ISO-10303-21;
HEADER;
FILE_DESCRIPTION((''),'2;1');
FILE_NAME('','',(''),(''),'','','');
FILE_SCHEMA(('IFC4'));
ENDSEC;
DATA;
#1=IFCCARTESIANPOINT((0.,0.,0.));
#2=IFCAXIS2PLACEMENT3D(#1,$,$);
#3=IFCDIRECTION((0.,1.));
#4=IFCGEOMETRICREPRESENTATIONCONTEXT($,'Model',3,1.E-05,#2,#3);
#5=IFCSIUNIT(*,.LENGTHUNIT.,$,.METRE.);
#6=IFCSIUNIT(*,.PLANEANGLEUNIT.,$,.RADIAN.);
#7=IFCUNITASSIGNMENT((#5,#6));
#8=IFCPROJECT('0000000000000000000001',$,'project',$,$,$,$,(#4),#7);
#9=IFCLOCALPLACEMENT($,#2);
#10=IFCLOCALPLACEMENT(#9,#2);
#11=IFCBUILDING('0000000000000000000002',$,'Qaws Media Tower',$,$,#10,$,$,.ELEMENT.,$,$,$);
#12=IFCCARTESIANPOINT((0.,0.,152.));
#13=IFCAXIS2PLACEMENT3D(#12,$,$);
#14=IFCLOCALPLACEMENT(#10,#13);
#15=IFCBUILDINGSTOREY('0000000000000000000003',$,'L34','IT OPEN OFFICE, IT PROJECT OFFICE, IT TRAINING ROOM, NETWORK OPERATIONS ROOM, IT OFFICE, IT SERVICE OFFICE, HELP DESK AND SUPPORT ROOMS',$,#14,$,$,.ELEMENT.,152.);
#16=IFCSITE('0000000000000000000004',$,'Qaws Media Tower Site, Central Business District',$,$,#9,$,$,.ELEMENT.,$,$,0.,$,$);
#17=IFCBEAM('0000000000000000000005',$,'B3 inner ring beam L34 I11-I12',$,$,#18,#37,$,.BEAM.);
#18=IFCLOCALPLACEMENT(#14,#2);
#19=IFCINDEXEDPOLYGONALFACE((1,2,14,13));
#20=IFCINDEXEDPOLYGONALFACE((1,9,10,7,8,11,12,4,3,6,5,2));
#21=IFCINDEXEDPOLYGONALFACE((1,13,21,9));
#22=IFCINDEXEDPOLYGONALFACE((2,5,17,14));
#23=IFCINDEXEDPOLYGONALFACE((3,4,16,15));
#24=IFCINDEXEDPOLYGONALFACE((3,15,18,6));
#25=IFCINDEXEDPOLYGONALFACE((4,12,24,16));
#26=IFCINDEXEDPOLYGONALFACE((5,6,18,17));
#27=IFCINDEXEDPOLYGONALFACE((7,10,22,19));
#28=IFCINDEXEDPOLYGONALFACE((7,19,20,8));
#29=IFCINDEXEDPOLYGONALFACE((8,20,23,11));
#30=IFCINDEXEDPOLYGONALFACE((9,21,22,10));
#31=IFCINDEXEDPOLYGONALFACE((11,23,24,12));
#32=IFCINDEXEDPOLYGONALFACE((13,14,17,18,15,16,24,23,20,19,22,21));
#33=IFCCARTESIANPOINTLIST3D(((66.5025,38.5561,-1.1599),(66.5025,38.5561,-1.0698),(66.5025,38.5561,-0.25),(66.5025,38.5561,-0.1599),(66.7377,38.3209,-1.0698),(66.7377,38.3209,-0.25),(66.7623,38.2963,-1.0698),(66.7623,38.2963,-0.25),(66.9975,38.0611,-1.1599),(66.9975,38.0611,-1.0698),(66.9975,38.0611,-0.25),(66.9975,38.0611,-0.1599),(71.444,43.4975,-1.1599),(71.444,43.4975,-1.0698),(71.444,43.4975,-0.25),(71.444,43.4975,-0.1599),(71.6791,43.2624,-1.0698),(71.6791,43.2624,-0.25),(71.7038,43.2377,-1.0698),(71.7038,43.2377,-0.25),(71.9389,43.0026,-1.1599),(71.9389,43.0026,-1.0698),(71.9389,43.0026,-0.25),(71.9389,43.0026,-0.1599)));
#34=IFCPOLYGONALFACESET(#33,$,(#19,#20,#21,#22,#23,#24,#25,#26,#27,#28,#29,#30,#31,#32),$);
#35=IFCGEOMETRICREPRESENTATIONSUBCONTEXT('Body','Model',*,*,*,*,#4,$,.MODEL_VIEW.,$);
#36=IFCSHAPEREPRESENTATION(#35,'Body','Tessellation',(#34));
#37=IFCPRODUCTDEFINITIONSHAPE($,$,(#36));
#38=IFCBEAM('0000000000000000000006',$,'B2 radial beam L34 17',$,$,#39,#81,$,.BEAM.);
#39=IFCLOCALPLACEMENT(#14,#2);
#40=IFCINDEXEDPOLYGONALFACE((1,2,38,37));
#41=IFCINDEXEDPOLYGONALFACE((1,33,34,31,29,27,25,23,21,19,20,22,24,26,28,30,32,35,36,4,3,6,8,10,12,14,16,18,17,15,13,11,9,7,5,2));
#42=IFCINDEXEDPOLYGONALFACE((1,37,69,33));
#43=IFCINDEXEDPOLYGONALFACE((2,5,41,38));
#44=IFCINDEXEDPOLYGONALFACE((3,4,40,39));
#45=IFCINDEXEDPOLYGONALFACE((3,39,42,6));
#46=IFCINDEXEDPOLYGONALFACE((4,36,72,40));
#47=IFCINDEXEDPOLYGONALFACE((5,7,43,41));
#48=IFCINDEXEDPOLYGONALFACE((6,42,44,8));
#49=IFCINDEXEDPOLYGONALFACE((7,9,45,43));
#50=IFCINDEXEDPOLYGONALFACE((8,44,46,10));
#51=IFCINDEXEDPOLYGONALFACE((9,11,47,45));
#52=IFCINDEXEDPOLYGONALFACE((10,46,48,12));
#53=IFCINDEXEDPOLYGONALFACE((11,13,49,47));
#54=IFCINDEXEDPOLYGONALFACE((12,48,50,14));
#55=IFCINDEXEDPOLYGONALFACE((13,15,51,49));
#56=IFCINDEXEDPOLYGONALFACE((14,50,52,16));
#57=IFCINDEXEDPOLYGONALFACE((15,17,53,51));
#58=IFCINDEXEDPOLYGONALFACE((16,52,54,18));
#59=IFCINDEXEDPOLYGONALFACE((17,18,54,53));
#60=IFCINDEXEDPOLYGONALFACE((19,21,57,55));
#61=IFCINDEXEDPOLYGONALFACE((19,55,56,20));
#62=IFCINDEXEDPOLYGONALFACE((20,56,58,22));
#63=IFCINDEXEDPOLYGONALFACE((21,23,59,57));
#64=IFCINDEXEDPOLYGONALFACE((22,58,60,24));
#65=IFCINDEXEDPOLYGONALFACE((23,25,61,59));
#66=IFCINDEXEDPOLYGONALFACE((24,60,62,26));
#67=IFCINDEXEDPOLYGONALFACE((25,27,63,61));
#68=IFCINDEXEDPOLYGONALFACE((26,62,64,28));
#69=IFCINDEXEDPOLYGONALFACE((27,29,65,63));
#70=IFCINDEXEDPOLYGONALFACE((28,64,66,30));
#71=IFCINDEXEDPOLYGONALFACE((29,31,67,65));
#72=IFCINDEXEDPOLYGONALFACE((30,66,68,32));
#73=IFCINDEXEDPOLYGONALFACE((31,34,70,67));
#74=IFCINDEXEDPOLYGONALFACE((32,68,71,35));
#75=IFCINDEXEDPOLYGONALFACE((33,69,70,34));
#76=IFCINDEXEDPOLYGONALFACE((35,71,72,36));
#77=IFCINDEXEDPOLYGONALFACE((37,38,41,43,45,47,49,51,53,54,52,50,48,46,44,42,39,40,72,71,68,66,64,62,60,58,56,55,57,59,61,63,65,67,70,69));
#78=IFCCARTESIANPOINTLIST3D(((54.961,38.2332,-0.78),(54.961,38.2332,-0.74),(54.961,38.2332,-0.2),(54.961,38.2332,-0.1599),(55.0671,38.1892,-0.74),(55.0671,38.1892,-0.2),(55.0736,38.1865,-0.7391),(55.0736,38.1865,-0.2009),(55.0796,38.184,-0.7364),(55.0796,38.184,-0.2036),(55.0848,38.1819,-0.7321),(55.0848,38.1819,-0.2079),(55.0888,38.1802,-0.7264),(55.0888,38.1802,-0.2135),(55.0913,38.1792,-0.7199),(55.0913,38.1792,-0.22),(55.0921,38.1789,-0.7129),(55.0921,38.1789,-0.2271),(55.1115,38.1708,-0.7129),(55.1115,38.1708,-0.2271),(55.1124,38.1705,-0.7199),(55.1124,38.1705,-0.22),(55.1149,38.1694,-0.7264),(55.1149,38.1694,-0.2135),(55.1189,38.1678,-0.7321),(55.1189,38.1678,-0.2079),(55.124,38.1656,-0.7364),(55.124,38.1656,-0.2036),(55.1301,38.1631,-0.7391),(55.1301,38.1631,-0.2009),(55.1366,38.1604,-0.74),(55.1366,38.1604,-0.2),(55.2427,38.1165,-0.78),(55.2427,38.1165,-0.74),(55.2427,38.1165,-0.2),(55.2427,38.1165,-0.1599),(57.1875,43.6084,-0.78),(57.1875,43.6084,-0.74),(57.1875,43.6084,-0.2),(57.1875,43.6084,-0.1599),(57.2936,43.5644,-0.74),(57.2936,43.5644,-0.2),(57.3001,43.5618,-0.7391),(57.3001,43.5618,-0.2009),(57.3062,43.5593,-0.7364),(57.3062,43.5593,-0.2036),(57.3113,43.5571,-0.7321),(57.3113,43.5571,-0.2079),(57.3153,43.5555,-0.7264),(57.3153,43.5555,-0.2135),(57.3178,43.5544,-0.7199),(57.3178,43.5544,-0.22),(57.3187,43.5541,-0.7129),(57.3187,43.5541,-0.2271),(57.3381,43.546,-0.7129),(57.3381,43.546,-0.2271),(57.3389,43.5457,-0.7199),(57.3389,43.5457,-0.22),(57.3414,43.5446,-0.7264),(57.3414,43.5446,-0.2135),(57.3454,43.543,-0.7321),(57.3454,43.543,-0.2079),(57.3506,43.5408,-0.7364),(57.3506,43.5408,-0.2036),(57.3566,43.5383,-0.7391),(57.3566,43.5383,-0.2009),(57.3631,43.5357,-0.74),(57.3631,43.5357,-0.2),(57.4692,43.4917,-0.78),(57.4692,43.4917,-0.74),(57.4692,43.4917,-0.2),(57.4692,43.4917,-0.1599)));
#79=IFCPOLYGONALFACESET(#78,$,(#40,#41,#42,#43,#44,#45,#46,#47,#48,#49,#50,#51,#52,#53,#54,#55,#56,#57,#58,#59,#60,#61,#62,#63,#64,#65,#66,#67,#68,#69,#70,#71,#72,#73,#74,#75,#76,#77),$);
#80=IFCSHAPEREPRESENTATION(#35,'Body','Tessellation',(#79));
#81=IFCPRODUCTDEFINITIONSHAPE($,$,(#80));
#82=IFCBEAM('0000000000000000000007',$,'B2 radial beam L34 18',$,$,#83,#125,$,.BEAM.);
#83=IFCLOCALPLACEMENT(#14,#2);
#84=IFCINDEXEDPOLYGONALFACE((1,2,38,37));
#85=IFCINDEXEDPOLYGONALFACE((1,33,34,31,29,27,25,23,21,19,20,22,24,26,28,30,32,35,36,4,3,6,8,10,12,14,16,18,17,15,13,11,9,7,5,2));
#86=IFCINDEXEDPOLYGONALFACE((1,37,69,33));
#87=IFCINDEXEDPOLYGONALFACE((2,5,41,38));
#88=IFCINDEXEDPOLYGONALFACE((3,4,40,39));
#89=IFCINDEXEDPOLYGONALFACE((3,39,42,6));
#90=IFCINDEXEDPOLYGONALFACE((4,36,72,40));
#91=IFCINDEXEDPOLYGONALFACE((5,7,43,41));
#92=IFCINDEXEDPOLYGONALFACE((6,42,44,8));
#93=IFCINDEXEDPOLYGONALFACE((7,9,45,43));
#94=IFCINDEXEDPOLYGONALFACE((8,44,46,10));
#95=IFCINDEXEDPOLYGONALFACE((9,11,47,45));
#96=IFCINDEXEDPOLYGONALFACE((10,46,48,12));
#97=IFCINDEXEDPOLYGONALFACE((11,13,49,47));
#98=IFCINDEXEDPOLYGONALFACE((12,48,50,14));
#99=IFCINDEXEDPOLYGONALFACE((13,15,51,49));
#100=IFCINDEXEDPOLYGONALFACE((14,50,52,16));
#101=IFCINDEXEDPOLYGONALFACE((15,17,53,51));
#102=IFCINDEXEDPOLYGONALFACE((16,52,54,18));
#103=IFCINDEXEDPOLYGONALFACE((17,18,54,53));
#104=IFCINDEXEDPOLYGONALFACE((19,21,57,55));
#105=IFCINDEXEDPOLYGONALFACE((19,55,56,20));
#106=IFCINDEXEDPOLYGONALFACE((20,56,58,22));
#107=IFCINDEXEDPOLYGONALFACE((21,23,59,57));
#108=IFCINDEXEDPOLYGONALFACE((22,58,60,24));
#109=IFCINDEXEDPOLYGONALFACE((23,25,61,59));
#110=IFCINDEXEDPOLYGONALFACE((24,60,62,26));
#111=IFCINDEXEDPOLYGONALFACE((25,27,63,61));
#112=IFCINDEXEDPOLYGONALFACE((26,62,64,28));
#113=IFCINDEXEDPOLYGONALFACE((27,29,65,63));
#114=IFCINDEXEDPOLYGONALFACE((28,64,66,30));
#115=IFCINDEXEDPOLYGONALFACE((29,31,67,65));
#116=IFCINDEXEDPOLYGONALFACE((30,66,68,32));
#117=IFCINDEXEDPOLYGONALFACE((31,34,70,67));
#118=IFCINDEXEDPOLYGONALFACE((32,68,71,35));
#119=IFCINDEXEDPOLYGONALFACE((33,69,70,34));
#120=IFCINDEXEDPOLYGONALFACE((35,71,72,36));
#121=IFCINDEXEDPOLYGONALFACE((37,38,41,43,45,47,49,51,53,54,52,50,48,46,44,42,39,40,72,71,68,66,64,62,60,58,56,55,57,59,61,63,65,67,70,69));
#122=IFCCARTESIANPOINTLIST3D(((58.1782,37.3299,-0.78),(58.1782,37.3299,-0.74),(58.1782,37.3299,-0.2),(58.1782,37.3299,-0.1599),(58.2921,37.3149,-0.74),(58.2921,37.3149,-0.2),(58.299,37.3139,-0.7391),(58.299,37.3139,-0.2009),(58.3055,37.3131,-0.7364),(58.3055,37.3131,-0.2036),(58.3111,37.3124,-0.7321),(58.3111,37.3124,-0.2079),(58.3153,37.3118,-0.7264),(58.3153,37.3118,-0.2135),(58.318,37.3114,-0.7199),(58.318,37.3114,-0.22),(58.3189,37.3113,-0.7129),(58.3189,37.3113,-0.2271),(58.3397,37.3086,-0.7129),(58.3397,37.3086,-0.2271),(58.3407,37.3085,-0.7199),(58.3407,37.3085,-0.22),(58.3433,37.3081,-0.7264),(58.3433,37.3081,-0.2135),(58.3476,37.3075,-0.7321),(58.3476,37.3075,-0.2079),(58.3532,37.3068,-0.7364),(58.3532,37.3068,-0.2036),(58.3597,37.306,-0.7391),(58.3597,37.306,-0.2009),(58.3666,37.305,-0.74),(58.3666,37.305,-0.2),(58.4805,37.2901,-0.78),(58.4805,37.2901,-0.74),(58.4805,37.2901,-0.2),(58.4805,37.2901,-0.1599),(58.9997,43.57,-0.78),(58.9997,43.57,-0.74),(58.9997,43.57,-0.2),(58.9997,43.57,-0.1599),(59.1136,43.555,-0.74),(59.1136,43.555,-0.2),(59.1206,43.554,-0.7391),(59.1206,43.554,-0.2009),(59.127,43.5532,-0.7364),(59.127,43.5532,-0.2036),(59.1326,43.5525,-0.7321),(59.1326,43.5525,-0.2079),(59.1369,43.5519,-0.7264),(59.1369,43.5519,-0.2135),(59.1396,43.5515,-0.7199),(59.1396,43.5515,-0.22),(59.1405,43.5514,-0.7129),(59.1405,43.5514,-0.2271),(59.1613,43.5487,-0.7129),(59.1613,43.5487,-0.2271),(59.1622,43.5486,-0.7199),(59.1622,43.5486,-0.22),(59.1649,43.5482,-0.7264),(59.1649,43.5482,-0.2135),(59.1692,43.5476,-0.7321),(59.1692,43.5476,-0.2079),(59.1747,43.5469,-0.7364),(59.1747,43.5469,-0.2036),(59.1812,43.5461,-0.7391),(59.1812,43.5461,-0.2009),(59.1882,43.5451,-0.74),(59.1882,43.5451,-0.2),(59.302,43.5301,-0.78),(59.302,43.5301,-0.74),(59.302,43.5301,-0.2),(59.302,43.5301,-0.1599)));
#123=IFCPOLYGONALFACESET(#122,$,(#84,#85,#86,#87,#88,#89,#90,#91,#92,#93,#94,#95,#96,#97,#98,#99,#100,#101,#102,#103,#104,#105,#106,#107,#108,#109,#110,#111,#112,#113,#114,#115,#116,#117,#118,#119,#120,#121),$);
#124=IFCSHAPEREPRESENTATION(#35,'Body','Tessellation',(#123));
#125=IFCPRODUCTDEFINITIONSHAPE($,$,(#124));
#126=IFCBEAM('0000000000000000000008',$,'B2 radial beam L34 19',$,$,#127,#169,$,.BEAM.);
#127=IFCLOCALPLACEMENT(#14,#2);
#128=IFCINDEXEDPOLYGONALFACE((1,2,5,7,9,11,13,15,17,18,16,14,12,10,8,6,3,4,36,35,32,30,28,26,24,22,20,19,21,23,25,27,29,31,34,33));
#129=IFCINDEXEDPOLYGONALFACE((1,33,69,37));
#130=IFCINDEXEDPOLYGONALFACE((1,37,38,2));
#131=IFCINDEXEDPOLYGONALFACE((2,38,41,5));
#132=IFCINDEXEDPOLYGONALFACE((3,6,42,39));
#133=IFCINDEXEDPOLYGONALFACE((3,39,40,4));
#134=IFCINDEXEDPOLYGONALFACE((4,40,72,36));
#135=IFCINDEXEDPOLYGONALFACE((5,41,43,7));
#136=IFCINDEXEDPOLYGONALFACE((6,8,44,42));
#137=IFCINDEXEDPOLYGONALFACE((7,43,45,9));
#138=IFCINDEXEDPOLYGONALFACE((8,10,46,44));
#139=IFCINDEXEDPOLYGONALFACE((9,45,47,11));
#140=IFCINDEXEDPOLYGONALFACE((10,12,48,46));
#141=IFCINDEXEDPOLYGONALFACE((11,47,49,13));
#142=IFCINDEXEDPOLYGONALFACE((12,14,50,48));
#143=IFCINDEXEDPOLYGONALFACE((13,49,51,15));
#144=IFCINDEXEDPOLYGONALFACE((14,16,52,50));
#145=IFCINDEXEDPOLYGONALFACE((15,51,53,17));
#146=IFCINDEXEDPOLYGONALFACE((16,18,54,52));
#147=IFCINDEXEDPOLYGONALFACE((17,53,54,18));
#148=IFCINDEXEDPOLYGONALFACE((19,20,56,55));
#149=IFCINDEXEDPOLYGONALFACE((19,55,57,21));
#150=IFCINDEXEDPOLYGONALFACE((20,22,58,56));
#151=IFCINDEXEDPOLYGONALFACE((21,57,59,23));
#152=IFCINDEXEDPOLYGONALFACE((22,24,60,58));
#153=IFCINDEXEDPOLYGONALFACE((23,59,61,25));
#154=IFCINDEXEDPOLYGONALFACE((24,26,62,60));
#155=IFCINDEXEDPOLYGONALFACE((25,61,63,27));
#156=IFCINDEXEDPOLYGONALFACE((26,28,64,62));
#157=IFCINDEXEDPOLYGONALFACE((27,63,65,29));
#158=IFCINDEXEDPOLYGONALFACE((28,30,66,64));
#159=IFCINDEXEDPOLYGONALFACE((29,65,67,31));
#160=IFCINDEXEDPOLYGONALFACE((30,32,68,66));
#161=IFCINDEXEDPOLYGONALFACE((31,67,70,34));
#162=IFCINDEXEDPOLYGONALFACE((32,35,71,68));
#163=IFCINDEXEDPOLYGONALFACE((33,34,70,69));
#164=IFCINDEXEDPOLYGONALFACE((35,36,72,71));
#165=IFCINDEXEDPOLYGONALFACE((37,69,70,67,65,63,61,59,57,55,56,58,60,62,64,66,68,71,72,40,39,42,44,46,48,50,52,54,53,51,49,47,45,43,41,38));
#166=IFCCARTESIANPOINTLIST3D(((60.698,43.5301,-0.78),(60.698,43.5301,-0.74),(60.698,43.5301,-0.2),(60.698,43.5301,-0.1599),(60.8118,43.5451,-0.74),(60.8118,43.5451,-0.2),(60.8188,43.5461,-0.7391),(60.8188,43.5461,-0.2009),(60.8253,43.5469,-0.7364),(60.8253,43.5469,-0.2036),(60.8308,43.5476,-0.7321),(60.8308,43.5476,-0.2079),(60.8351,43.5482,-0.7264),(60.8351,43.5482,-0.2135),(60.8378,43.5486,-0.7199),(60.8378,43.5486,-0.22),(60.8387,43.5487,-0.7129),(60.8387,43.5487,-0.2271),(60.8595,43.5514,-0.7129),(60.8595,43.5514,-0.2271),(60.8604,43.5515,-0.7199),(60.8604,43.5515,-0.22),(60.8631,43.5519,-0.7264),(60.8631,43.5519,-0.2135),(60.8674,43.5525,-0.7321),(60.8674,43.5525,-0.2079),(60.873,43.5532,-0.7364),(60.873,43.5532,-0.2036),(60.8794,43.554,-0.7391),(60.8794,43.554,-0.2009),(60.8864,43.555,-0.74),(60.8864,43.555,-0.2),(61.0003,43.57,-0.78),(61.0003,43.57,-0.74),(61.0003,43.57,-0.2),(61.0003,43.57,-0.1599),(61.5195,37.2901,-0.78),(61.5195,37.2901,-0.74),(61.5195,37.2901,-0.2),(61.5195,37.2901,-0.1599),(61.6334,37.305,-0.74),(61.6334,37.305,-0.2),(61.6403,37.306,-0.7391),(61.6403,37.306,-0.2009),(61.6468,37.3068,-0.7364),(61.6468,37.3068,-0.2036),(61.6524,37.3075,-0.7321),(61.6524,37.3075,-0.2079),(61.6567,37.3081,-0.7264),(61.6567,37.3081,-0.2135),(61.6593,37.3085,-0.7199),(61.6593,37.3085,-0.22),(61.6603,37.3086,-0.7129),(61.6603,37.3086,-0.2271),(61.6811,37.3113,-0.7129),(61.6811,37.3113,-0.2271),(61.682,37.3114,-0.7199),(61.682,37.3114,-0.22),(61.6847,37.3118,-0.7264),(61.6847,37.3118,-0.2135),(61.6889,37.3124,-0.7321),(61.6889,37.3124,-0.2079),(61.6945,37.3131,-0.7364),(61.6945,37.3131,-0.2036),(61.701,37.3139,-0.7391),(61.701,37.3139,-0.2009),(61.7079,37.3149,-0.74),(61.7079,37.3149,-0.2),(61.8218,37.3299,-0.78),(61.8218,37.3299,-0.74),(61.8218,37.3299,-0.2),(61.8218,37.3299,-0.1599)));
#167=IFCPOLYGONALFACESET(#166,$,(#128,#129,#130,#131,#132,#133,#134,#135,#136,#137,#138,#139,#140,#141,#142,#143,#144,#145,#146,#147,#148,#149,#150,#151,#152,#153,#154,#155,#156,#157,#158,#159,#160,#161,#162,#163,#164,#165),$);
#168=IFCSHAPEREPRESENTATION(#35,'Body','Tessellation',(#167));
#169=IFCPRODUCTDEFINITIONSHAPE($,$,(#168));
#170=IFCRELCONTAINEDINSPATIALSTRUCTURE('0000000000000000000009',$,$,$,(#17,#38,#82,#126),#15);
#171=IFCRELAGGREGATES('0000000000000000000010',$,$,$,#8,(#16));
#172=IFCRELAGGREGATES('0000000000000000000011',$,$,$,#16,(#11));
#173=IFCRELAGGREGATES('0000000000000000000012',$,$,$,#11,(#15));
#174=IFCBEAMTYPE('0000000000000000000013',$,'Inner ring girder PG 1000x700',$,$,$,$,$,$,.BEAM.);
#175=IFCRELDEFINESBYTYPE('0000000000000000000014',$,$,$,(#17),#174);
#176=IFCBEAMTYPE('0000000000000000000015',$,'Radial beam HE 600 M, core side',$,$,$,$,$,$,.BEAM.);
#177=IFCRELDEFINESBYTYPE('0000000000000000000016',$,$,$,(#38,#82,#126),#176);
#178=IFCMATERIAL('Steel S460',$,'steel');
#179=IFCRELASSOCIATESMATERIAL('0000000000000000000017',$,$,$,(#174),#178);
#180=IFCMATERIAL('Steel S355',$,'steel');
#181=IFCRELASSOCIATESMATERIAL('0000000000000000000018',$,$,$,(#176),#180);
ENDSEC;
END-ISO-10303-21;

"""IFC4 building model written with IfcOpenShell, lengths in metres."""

from ifc_helpers import new_model, si_unit, direction, frame, origin, origin_2d, place, context, subcontext, project, spatial, i_section, extrude, material, material_profile, profile_set, type_object, element, save


model = new_model("IFC4")

# Units and contexts
model_context = context("Model", 3, precision=1e-05, world=origin(), true_north=direction((0.0, 1.0)))
body_context = subcontext(model_context, "Body", "Model", "MODEL_VIEW")
ifc_project = project(units=[si_unit("LENGTHUNIT", "METRE"), si_unit("PLANEANGLEUNIT", "RADIAN")], contexts=[model_context])

# Site, building, storey
site_placement = place(None, origin())
site = spatial("IfcSite", under=ifc_project, at=site_placement, Name="Qaws Media Tower Site, Central Business District", CompositionType="ELEMENT", RefElevation=0.0)
building_placement = place(site_placement, origin())
building = spatial("IfcBuilding", under=site, at=building_placement, Name="Qaws Media Tower", CompositionType="ELEMENT")
storey_placement = place(building_placement, frame((0.0, 0.0, 152.0)))
storey = spatial("IfcBuildingStorey", under=building, at=storey_placement, Name="L34", Description="IT OPEN OFFICE, IT PROJECT OFFICE, IT TRAINING ROOM, NETWORK OPERATIONS ROOM, IT OFFICE, IT SERVICE OFFICE, HELP DESK AND SUPPORT ROOMS", CompositionType="ELEMENT", Elevation=152.0)

# Beams
ifc_material_1 = material(Name="Steel S460", Category="steel")
ifc_material_profile_1 = material_profile(ifc_material_1, i_section(OverallWidth=0.7, OverallDepth=1.0, WebThickness=0.0349, FlangeThickness=0.0901, at=origin_2d()), Name="PG 1000x700")
ifc_profile_set_1 = profile_set([ifc_material_profile_1], Name="Steel S460")
beam_type_1 = type_object("IfcBeamType", Name="Inner ring girder PG 1000x700", PredefinedType="BEAM", material=ifc_profile_set_1)
beam_1_placement = place(storey_placement, frame((66.75, 38.3086, -0.6599), z_axis=(0.707107, 0.707107, 0.0), x_axis=(-0.707107, 0.707107, 0.0)))
element("IfcBeam", 1, at=beam_1_placement, inside=storey, type_object=beam_type_1, Name="B3 inner ring beam L34 I11-I12", PredefinedType="BEAM", context=body_context, shape_type="SweptSolid", body=[
    extrude(i_section(OverallWidth=0.7, OverallDepth=1.0, WebThickness=0.0349, FlangeThickness=0.0901, at=origin_2d()), origin(), (0.0, 0.0, 1.0), 6.9883),
])
ifc_material_2 = material(Name="Steel S355", Category="steel")
ifc_material_profile_2 = material_profile(ifc_material_2, i_section(OverallWidth=0.3049, OverallDepth=0.6201, WebThickness=0.021, FlangeThickness=0.04, FilletRadius=0.0271, at=origin_2d()), Name="HE 600 M")
ifc_profile_set_2 = profile_set([ifc_material_profile_2], Name="Steel S355")
beam_type_2 = type_object("IfcBeamType", Name="Radial beam HE 600 M, core side", PredefinedType="BEAM", material=ifc_profile_set_2)
beam_2_placement = place(storey_placement, frame((57.3284, 43.55, -0.47), z_axis=(-0.382693, -0.923876, 0.0), x_axis=(0.923876, -0.382693, 0.0)))
element("IfcBeam", 2, at=beam_2_placement, inside=storey, type_object=beam_type_2, Name="B2 radial beam L34 17", PredefinedType="BEAM", context=body_context, shape_type="SweptSolid", body=[
    extrude(i_section(OverallWidth=0.3049, OverallDepth=0.6201, WebThickness=0.021, FlangeThickness=0.04, FilletRadius=0.0271, at=origin_2d()), origin(), (0.0, 0.0, 1.0), 5.8181),
])
for number, where, z_axis, x_axis, name in (
    (3, (59.1509, 43.55, -0.47), (-0.13053, -0.991444, 0.0), (0.991444, -0.13053, 0.0), "B2 radial beam L34 18"),
    (4, (60.8491, 43.55, -0.47), (0.13053, -0.991444, 0.0), (0.991444, 0.13053, 0.0), "B2 radial beam L34 19"),
):
    element("IfcBeam", number, at=place(storey_placement, frame(where, z_axis=z_axis, x_axis=x_axis)), inside=storey, type_object=beam_type_2, Name=name, PredefinedType="BEAM", context=body_context, shape_type="SweptSolid", body=[
        extrude(i_section(OverallWidth=0.3049, OverallDepth=0.6201, WebThickness=0.021, FlangeThickness=0.04, FilletRadius=0.0271, at=origin_2d()), origin(), (0.0, 0.0, 1.0), 6.2939),
    ])

save(model, "model.ifc")
